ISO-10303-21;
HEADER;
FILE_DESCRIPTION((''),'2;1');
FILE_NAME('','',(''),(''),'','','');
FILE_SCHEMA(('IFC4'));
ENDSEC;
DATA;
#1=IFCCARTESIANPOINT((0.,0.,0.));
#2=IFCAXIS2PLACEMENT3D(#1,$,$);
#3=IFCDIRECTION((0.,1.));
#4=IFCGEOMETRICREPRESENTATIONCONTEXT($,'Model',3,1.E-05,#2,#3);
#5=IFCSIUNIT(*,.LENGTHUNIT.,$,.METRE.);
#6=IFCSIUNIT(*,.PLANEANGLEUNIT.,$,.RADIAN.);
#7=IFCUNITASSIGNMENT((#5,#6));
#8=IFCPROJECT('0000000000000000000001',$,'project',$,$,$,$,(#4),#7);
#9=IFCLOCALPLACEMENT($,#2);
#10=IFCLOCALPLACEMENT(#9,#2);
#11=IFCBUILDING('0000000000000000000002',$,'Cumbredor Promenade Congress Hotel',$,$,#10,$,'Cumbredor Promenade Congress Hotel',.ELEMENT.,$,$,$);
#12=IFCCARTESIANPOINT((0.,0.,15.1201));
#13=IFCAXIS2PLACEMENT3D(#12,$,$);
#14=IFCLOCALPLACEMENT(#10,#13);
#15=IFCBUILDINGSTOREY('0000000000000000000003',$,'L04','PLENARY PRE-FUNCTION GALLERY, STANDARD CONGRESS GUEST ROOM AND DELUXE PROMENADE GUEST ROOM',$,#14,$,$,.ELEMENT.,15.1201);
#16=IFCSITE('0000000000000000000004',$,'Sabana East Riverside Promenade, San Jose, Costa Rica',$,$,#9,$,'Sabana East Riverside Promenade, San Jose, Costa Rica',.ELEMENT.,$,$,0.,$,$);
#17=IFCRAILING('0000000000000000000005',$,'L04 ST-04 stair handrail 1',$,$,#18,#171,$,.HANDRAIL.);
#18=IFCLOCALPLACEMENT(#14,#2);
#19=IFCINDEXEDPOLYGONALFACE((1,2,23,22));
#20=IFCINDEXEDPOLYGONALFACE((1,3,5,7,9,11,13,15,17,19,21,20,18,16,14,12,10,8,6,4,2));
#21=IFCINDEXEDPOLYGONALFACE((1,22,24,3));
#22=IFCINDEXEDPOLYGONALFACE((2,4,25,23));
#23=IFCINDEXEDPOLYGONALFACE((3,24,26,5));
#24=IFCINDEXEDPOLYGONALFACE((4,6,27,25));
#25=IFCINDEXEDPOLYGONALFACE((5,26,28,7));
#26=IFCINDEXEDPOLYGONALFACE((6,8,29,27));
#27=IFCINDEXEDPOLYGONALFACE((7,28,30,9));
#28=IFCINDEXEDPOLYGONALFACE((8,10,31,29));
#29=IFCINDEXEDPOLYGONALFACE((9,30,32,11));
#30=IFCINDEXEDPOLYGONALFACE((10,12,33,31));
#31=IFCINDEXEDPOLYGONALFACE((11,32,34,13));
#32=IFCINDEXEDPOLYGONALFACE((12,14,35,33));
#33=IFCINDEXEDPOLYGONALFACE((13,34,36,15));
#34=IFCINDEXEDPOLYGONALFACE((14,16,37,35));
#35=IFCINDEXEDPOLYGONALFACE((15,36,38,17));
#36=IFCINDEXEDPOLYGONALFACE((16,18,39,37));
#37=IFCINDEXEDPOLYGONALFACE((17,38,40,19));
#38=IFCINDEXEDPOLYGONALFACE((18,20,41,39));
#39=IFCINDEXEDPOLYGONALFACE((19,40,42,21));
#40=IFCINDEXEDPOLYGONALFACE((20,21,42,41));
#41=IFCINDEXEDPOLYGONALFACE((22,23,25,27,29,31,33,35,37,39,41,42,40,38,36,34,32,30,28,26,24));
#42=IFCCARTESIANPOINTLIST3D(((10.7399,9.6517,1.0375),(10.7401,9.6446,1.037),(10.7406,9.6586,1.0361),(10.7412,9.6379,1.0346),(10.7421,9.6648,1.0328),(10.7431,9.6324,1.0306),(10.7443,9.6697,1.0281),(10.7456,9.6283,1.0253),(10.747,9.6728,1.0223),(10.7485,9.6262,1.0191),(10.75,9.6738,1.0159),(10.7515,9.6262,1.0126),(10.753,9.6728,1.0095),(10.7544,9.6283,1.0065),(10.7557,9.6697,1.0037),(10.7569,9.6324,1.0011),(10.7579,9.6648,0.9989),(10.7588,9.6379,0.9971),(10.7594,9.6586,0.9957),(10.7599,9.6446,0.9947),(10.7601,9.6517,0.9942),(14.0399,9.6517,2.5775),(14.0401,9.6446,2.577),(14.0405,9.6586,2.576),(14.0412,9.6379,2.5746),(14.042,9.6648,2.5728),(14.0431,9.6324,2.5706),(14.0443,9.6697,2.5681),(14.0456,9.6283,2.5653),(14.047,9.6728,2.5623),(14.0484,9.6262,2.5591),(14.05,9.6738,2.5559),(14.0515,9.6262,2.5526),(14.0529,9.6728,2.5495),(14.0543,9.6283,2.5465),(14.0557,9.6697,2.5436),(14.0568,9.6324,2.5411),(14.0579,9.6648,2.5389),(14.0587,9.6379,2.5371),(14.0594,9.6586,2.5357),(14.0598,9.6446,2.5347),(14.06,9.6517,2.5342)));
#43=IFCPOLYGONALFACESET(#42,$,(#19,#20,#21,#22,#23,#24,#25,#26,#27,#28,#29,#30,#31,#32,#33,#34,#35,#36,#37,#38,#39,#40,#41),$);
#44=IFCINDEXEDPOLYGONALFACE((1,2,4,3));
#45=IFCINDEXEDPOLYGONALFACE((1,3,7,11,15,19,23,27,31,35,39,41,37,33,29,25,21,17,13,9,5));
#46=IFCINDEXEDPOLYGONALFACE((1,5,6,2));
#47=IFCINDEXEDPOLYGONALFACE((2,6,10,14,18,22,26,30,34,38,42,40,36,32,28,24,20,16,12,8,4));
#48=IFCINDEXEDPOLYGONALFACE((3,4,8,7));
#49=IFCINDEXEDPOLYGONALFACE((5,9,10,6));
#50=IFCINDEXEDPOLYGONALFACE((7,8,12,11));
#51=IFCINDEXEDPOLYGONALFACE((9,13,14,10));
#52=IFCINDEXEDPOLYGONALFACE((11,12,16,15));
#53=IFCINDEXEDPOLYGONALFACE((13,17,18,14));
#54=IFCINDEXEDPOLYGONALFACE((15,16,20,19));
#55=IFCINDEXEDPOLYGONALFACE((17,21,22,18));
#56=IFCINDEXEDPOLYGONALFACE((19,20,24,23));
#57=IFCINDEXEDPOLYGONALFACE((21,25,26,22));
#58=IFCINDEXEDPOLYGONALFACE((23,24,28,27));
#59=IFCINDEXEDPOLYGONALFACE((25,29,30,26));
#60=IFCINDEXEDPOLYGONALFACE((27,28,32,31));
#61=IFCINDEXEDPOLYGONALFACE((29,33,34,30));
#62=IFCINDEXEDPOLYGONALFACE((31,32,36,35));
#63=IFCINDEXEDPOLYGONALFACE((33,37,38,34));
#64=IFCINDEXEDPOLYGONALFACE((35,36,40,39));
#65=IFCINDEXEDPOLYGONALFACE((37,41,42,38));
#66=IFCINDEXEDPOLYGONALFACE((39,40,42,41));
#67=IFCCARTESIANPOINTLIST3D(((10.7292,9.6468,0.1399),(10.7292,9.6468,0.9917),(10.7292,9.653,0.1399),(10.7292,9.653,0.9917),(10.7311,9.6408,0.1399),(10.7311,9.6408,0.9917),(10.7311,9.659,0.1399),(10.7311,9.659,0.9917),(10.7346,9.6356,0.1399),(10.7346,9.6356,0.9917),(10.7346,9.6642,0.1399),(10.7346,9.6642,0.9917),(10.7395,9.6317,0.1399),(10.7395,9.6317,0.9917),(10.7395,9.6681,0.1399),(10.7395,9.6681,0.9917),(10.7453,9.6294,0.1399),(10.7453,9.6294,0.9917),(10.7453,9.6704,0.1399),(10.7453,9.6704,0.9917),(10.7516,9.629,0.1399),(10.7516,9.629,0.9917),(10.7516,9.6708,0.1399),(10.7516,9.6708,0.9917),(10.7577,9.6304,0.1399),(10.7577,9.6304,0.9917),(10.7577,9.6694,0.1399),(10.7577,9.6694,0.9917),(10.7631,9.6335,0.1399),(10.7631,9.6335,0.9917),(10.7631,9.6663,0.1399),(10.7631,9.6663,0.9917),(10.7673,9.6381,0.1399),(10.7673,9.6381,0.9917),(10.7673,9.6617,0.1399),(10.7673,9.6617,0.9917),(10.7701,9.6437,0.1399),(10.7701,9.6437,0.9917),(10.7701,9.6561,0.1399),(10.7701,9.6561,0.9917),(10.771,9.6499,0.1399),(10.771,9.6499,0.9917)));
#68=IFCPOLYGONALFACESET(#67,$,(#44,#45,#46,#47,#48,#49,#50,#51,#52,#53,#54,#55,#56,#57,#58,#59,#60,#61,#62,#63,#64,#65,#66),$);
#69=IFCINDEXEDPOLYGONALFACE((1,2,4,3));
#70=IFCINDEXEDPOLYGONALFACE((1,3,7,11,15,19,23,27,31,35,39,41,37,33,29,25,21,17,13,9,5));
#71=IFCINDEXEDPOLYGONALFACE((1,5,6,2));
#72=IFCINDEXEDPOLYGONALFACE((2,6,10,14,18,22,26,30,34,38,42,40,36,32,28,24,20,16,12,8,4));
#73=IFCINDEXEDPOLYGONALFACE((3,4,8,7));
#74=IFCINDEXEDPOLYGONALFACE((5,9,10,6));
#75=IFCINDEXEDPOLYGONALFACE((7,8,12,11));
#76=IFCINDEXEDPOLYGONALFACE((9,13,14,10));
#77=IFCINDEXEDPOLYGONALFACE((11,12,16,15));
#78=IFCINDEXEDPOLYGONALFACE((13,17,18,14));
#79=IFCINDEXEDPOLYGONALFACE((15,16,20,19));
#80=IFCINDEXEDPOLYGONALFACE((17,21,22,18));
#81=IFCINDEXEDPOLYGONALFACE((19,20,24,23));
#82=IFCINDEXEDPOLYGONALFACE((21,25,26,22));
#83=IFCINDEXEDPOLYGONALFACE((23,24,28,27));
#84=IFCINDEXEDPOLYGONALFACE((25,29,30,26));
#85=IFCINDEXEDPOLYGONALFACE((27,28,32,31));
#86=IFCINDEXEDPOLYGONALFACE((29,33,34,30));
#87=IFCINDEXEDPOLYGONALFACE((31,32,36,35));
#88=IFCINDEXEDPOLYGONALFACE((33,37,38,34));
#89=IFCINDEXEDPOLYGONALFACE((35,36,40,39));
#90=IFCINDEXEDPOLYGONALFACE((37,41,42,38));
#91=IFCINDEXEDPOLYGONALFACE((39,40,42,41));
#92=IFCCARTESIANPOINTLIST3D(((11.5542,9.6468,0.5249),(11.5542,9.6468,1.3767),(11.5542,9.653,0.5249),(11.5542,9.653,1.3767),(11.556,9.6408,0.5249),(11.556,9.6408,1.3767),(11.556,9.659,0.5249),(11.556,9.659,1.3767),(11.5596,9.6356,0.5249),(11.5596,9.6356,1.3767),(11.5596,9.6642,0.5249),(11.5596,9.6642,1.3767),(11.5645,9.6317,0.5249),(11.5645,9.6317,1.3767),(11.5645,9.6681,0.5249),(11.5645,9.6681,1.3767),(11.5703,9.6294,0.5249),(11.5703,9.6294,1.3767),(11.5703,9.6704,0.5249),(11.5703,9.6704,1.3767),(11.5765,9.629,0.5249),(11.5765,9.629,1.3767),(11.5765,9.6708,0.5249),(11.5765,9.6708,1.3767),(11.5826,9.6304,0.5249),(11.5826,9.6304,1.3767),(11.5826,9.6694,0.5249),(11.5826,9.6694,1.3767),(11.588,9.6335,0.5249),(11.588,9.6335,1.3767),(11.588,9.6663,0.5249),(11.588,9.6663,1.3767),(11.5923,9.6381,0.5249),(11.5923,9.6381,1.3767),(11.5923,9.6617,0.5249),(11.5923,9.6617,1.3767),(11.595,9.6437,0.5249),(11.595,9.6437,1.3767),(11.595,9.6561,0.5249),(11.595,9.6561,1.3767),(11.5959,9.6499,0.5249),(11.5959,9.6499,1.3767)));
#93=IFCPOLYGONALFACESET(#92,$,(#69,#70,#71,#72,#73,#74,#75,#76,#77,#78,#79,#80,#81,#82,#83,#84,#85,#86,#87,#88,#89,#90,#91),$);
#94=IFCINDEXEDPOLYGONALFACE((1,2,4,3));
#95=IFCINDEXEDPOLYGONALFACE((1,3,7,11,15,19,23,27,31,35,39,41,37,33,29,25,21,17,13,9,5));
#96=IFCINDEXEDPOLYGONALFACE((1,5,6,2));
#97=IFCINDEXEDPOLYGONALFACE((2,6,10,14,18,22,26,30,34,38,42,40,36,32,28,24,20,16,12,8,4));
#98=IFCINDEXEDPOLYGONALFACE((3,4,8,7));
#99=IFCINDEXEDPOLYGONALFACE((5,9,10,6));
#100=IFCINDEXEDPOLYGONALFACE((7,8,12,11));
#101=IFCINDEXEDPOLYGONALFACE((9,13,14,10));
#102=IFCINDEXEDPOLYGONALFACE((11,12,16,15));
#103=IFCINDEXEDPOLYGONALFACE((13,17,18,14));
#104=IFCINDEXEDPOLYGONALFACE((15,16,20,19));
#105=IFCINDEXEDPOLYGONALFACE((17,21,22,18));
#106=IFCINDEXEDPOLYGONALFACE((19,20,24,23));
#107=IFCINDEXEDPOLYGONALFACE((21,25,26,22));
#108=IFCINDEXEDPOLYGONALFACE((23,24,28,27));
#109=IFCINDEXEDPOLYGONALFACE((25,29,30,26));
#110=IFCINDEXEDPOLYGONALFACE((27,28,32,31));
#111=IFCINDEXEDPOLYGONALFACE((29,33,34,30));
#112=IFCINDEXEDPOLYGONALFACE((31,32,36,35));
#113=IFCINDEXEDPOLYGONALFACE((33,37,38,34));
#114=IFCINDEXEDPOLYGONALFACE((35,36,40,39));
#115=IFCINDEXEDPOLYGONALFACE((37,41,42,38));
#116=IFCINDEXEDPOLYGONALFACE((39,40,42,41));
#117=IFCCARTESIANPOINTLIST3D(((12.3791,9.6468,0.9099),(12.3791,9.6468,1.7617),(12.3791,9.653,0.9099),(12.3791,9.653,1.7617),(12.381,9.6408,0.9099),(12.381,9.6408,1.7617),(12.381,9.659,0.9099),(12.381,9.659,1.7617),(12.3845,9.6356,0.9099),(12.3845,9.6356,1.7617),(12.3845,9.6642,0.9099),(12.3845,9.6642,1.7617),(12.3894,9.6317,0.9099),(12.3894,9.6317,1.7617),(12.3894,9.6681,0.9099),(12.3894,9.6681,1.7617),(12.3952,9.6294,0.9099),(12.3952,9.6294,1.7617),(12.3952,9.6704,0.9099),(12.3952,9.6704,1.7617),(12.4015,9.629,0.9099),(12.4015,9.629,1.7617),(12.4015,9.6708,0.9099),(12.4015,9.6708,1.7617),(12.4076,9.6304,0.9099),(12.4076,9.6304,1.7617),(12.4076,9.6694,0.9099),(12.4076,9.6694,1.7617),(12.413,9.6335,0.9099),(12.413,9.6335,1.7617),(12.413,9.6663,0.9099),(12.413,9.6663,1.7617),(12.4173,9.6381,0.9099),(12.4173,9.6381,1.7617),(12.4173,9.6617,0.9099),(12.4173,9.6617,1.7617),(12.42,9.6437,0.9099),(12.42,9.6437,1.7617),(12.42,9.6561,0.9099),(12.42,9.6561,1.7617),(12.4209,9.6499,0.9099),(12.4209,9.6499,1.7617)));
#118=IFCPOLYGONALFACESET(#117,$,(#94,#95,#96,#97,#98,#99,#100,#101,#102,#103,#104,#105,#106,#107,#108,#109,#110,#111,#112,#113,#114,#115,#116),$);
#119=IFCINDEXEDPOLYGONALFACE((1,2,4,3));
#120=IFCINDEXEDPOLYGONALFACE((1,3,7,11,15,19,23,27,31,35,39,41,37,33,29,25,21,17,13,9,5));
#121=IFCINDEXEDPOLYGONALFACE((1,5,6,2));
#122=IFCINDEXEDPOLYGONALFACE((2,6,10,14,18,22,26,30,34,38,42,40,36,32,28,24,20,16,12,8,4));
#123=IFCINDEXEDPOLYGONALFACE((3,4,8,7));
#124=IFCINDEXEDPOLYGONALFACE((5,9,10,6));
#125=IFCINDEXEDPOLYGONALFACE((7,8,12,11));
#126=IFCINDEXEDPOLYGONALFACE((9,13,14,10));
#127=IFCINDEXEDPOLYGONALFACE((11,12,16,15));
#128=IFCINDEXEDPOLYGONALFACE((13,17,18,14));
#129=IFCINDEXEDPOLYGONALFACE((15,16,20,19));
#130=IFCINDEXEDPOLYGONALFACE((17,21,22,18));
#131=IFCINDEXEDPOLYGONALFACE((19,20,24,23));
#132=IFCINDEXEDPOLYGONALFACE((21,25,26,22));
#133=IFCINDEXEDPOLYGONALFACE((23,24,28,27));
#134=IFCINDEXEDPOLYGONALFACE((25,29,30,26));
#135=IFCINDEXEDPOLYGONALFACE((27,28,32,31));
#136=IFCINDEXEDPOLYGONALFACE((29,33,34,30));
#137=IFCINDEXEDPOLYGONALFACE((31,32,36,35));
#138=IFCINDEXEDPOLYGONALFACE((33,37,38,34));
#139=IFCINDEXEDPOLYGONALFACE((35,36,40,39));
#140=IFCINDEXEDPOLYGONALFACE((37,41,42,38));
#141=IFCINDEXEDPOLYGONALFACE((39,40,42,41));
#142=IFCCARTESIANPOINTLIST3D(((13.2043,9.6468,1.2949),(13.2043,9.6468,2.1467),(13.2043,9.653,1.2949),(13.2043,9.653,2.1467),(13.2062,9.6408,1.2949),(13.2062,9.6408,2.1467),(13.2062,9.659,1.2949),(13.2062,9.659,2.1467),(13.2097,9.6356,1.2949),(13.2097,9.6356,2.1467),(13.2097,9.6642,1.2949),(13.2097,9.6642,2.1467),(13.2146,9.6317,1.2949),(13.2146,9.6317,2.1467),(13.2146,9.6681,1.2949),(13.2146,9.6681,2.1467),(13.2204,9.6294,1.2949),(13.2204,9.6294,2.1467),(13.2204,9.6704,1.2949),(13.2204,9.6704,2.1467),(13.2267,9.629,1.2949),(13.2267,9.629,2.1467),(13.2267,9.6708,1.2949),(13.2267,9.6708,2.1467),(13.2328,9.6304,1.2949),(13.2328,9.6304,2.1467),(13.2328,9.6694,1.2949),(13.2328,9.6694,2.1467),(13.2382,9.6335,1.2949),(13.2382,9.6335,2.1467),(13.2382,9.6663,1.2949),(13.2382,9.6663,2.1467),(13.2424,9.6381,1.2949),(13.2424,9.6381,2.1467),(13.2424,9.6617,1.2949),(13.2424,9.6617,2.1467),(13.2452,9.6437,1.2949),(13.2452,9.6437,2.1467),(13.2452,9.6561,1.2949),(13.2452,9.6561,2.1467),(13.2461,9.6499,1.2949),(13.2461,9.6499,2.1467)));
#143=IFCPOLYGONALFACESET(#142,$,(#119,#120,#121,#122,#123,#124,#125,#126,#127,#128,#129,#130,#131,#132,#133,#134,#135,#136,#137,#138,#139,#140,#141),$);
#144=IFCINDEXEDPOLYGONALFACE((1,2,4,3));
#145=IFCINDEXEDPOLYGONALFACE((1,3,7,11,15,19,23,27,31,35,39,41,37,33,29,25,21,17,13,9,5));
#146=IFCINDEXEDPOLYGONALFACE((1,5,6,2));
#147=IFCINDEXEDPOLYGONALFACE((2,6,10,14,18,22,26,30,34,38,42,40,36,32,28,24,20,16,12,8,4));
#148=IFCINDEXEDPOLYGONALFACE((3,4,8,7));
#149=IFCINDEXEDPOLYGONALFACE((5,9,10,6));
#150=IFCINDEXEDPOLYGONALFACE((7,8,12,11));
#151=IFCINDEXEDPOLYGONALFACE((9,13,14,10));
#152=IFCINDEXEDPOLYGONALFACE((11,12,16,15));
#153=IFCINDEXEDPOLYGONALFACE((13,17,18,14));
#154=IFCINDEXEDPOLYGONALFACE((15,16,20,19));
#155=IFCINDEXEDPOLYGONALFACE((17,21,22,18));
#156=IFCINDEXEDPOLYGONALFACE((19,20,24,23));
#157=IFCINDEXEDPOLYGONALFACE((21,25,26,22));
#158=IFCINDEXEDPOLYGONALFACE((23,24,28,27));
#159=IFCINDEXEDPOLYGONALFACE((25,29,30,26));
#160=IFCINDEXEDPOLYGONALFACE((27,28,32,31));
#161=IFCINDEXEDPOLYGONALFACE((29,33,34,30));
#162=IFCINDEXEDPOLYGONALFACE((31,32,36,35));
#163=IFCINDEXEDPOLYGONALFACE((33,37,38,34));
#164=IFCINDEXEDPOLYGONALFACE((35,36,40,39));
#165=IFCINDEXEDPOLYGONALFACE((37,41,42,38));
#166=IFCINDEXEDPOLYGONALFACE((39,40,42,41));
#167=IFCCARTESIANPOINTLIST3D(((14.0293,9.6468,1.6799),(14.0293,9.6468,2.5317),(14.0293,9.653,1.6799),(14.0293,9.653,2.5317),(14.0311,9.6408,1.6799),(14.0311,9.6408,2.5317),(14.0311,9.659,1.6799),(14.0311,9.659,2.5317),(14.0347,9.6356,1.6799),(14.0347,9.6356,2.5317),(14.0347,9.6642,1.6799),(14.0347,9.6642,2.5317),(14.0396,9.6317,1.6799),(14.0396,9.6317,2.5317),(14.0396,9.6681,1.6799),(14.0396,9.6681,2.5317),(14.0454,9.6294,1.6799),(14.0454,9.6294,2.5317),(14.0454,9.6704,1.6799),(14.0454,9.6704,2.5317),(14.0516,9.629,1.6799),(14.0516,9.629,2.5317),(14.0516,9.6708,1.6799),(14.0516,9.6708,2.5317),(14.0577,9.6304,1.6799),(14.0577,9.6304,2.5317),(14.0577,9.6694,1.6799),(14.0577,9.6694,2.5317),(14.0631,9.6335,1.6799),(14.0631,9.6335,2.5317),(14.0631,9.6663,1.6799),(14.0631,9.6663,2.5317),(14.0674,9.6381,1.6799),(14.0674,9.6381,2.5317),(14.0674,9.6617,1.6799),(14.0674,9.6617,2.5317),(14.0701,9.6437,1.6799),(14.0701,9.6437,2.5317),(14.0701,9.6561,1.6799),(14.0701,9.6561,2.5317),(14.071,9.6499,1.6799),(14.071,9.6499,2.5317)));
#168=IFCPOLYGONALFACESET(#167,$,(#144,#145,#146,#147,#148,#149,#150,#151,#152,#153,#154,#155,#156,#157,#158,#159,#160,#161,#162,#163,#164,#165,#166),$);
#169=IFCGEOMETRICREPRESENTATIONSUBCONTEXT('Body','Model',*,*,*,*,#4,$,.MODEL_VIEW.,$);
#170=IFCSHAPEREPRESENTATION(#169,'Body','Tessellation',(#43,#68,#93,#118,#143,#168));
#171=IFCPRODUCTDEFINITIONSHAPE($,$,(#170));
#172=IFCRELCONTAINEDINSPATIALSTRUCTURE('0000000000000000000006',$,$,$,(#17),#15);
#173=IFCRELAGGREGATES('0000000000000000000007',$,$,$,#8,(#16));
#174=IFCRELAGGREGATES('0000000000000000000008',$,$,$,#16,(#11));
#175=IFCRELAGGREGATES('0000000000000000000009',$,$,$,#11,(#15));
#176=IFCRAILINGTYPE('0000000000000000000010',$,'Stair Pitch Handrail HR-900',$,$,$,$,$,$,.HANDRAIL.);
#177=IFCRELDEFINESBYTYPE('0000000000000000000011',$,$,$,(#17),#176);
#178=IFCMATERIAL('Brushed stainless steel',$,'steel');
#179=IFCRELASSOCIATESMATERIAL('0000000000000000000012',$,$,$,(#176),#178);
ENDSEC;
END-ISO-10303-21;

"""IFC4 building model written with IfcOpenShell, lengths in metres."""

from ifc_helpers import new_model, si_unit, direction, frame, origin, origin_2d, place, context, subcontext, project, spatial, circle, extrude, material, type_object, element, save


model = new_model("IFC4")

# Units and contexts
model_context = context("Model", 3, precision=1e-05, world=origin(), true_north=direction((0.0, 1.0)))
body_context = subcontext(model_context, "Body", "Model", "MODEL_VIEW")
ifc_project = project(units=[si_unit("LENGTHUNIT", "METRE"), si_unit("PLANEANGLEUNIT", "RADIAN")], contexts=[model_context])

# Site, building, storey
site_placement = place(None, origin())
site = spatial("IfcSite", under=ifc_project, at=site_placement, Name="Sabana East Riverside Promenade, San Jose, Costa Rica", LongName="Sabana East Riverside Promenade, San Jose, Costa Rica", CompositionType="ELEMENT", RefElevation=0.0)
building_placement = place(site_placement, origin())
building = spatial("IfcBuilding", under=site, at=building_placement, Name="Cumbredor Promenade Congress Hotel", LongName="Cumbredor Promenade Congress Hotel", CompositionType="ELEMENT")
storey_placement = place(building_placement, frame((0.0, 0.0, 15.1201)))
storey = spatial("IfcBuildingStorey", under=building, at=storey_placement, Name="L04", Description="PLENARY PRE-FUNCTION GALLERY, STANDARD CONGRESS GUEST ROOM AND DELUXE PROMENADE GUEST ROOM", CompositionType="ELEMENT", Elevation=15.1201)

# Railing
ifc_material_1 = material(Name="Brushed stainless steel", Category="steel")
railing_type = type_object("IfcRailingType", Name="Stair Pitch Handrail HR-900", PredefinedType="HANDRAIL", material=ifc_material_1)
railing_placement = place(storey_placement, frame((10.75, 9.6499, 0.1399)))
element("IfcRailing", 1, at=railing_placement, inside=storey, type_object=railing_type, Name="L04 ST-04 stair handrail 1", PredefinedType="HANDRAIL", context=body_context, shape_type="SweptSolid", body=[
    extrude(circle(Radius=0.0239, at=origin_2d()), frame((0.0, 0.0, 0.876), z_axis=(0.906181, 0.0, 0.422889), x_axis=(0.0, 1.0, 0.0)), (0.0, 0.0, 1.0), 3.6416),
    extrude(circle(Radius=0.021, at=origin_2d()), origin(), (0.0, 0.0, 1.0), 0.8518),
    extrude(circle(Radius=0.021, at=origin_2d()), frame((0.825, 0.0, 0.385)), (0.0, 0.0, 1.0), 0.8518),
    extrude(circle(Radius=0.021, at=origin_2d()), frame((1.6499, 0.0, 0.77)), (0.0, 0.0, 1.0), 0.8518),
    extrude(circle(Radius=0.021, at=origin_2d()), frame((2.4751, 0.0, 1.155)), (0.0, 0.0, 1.0), 0.8518),
    extrude(circle(Radius=0.021, at=origin_2d()), frame((3.3, 0.0, 1.54)), (0.0, 0.0, 1.0), 0.8518),
])

save(model, "model.ifc")
